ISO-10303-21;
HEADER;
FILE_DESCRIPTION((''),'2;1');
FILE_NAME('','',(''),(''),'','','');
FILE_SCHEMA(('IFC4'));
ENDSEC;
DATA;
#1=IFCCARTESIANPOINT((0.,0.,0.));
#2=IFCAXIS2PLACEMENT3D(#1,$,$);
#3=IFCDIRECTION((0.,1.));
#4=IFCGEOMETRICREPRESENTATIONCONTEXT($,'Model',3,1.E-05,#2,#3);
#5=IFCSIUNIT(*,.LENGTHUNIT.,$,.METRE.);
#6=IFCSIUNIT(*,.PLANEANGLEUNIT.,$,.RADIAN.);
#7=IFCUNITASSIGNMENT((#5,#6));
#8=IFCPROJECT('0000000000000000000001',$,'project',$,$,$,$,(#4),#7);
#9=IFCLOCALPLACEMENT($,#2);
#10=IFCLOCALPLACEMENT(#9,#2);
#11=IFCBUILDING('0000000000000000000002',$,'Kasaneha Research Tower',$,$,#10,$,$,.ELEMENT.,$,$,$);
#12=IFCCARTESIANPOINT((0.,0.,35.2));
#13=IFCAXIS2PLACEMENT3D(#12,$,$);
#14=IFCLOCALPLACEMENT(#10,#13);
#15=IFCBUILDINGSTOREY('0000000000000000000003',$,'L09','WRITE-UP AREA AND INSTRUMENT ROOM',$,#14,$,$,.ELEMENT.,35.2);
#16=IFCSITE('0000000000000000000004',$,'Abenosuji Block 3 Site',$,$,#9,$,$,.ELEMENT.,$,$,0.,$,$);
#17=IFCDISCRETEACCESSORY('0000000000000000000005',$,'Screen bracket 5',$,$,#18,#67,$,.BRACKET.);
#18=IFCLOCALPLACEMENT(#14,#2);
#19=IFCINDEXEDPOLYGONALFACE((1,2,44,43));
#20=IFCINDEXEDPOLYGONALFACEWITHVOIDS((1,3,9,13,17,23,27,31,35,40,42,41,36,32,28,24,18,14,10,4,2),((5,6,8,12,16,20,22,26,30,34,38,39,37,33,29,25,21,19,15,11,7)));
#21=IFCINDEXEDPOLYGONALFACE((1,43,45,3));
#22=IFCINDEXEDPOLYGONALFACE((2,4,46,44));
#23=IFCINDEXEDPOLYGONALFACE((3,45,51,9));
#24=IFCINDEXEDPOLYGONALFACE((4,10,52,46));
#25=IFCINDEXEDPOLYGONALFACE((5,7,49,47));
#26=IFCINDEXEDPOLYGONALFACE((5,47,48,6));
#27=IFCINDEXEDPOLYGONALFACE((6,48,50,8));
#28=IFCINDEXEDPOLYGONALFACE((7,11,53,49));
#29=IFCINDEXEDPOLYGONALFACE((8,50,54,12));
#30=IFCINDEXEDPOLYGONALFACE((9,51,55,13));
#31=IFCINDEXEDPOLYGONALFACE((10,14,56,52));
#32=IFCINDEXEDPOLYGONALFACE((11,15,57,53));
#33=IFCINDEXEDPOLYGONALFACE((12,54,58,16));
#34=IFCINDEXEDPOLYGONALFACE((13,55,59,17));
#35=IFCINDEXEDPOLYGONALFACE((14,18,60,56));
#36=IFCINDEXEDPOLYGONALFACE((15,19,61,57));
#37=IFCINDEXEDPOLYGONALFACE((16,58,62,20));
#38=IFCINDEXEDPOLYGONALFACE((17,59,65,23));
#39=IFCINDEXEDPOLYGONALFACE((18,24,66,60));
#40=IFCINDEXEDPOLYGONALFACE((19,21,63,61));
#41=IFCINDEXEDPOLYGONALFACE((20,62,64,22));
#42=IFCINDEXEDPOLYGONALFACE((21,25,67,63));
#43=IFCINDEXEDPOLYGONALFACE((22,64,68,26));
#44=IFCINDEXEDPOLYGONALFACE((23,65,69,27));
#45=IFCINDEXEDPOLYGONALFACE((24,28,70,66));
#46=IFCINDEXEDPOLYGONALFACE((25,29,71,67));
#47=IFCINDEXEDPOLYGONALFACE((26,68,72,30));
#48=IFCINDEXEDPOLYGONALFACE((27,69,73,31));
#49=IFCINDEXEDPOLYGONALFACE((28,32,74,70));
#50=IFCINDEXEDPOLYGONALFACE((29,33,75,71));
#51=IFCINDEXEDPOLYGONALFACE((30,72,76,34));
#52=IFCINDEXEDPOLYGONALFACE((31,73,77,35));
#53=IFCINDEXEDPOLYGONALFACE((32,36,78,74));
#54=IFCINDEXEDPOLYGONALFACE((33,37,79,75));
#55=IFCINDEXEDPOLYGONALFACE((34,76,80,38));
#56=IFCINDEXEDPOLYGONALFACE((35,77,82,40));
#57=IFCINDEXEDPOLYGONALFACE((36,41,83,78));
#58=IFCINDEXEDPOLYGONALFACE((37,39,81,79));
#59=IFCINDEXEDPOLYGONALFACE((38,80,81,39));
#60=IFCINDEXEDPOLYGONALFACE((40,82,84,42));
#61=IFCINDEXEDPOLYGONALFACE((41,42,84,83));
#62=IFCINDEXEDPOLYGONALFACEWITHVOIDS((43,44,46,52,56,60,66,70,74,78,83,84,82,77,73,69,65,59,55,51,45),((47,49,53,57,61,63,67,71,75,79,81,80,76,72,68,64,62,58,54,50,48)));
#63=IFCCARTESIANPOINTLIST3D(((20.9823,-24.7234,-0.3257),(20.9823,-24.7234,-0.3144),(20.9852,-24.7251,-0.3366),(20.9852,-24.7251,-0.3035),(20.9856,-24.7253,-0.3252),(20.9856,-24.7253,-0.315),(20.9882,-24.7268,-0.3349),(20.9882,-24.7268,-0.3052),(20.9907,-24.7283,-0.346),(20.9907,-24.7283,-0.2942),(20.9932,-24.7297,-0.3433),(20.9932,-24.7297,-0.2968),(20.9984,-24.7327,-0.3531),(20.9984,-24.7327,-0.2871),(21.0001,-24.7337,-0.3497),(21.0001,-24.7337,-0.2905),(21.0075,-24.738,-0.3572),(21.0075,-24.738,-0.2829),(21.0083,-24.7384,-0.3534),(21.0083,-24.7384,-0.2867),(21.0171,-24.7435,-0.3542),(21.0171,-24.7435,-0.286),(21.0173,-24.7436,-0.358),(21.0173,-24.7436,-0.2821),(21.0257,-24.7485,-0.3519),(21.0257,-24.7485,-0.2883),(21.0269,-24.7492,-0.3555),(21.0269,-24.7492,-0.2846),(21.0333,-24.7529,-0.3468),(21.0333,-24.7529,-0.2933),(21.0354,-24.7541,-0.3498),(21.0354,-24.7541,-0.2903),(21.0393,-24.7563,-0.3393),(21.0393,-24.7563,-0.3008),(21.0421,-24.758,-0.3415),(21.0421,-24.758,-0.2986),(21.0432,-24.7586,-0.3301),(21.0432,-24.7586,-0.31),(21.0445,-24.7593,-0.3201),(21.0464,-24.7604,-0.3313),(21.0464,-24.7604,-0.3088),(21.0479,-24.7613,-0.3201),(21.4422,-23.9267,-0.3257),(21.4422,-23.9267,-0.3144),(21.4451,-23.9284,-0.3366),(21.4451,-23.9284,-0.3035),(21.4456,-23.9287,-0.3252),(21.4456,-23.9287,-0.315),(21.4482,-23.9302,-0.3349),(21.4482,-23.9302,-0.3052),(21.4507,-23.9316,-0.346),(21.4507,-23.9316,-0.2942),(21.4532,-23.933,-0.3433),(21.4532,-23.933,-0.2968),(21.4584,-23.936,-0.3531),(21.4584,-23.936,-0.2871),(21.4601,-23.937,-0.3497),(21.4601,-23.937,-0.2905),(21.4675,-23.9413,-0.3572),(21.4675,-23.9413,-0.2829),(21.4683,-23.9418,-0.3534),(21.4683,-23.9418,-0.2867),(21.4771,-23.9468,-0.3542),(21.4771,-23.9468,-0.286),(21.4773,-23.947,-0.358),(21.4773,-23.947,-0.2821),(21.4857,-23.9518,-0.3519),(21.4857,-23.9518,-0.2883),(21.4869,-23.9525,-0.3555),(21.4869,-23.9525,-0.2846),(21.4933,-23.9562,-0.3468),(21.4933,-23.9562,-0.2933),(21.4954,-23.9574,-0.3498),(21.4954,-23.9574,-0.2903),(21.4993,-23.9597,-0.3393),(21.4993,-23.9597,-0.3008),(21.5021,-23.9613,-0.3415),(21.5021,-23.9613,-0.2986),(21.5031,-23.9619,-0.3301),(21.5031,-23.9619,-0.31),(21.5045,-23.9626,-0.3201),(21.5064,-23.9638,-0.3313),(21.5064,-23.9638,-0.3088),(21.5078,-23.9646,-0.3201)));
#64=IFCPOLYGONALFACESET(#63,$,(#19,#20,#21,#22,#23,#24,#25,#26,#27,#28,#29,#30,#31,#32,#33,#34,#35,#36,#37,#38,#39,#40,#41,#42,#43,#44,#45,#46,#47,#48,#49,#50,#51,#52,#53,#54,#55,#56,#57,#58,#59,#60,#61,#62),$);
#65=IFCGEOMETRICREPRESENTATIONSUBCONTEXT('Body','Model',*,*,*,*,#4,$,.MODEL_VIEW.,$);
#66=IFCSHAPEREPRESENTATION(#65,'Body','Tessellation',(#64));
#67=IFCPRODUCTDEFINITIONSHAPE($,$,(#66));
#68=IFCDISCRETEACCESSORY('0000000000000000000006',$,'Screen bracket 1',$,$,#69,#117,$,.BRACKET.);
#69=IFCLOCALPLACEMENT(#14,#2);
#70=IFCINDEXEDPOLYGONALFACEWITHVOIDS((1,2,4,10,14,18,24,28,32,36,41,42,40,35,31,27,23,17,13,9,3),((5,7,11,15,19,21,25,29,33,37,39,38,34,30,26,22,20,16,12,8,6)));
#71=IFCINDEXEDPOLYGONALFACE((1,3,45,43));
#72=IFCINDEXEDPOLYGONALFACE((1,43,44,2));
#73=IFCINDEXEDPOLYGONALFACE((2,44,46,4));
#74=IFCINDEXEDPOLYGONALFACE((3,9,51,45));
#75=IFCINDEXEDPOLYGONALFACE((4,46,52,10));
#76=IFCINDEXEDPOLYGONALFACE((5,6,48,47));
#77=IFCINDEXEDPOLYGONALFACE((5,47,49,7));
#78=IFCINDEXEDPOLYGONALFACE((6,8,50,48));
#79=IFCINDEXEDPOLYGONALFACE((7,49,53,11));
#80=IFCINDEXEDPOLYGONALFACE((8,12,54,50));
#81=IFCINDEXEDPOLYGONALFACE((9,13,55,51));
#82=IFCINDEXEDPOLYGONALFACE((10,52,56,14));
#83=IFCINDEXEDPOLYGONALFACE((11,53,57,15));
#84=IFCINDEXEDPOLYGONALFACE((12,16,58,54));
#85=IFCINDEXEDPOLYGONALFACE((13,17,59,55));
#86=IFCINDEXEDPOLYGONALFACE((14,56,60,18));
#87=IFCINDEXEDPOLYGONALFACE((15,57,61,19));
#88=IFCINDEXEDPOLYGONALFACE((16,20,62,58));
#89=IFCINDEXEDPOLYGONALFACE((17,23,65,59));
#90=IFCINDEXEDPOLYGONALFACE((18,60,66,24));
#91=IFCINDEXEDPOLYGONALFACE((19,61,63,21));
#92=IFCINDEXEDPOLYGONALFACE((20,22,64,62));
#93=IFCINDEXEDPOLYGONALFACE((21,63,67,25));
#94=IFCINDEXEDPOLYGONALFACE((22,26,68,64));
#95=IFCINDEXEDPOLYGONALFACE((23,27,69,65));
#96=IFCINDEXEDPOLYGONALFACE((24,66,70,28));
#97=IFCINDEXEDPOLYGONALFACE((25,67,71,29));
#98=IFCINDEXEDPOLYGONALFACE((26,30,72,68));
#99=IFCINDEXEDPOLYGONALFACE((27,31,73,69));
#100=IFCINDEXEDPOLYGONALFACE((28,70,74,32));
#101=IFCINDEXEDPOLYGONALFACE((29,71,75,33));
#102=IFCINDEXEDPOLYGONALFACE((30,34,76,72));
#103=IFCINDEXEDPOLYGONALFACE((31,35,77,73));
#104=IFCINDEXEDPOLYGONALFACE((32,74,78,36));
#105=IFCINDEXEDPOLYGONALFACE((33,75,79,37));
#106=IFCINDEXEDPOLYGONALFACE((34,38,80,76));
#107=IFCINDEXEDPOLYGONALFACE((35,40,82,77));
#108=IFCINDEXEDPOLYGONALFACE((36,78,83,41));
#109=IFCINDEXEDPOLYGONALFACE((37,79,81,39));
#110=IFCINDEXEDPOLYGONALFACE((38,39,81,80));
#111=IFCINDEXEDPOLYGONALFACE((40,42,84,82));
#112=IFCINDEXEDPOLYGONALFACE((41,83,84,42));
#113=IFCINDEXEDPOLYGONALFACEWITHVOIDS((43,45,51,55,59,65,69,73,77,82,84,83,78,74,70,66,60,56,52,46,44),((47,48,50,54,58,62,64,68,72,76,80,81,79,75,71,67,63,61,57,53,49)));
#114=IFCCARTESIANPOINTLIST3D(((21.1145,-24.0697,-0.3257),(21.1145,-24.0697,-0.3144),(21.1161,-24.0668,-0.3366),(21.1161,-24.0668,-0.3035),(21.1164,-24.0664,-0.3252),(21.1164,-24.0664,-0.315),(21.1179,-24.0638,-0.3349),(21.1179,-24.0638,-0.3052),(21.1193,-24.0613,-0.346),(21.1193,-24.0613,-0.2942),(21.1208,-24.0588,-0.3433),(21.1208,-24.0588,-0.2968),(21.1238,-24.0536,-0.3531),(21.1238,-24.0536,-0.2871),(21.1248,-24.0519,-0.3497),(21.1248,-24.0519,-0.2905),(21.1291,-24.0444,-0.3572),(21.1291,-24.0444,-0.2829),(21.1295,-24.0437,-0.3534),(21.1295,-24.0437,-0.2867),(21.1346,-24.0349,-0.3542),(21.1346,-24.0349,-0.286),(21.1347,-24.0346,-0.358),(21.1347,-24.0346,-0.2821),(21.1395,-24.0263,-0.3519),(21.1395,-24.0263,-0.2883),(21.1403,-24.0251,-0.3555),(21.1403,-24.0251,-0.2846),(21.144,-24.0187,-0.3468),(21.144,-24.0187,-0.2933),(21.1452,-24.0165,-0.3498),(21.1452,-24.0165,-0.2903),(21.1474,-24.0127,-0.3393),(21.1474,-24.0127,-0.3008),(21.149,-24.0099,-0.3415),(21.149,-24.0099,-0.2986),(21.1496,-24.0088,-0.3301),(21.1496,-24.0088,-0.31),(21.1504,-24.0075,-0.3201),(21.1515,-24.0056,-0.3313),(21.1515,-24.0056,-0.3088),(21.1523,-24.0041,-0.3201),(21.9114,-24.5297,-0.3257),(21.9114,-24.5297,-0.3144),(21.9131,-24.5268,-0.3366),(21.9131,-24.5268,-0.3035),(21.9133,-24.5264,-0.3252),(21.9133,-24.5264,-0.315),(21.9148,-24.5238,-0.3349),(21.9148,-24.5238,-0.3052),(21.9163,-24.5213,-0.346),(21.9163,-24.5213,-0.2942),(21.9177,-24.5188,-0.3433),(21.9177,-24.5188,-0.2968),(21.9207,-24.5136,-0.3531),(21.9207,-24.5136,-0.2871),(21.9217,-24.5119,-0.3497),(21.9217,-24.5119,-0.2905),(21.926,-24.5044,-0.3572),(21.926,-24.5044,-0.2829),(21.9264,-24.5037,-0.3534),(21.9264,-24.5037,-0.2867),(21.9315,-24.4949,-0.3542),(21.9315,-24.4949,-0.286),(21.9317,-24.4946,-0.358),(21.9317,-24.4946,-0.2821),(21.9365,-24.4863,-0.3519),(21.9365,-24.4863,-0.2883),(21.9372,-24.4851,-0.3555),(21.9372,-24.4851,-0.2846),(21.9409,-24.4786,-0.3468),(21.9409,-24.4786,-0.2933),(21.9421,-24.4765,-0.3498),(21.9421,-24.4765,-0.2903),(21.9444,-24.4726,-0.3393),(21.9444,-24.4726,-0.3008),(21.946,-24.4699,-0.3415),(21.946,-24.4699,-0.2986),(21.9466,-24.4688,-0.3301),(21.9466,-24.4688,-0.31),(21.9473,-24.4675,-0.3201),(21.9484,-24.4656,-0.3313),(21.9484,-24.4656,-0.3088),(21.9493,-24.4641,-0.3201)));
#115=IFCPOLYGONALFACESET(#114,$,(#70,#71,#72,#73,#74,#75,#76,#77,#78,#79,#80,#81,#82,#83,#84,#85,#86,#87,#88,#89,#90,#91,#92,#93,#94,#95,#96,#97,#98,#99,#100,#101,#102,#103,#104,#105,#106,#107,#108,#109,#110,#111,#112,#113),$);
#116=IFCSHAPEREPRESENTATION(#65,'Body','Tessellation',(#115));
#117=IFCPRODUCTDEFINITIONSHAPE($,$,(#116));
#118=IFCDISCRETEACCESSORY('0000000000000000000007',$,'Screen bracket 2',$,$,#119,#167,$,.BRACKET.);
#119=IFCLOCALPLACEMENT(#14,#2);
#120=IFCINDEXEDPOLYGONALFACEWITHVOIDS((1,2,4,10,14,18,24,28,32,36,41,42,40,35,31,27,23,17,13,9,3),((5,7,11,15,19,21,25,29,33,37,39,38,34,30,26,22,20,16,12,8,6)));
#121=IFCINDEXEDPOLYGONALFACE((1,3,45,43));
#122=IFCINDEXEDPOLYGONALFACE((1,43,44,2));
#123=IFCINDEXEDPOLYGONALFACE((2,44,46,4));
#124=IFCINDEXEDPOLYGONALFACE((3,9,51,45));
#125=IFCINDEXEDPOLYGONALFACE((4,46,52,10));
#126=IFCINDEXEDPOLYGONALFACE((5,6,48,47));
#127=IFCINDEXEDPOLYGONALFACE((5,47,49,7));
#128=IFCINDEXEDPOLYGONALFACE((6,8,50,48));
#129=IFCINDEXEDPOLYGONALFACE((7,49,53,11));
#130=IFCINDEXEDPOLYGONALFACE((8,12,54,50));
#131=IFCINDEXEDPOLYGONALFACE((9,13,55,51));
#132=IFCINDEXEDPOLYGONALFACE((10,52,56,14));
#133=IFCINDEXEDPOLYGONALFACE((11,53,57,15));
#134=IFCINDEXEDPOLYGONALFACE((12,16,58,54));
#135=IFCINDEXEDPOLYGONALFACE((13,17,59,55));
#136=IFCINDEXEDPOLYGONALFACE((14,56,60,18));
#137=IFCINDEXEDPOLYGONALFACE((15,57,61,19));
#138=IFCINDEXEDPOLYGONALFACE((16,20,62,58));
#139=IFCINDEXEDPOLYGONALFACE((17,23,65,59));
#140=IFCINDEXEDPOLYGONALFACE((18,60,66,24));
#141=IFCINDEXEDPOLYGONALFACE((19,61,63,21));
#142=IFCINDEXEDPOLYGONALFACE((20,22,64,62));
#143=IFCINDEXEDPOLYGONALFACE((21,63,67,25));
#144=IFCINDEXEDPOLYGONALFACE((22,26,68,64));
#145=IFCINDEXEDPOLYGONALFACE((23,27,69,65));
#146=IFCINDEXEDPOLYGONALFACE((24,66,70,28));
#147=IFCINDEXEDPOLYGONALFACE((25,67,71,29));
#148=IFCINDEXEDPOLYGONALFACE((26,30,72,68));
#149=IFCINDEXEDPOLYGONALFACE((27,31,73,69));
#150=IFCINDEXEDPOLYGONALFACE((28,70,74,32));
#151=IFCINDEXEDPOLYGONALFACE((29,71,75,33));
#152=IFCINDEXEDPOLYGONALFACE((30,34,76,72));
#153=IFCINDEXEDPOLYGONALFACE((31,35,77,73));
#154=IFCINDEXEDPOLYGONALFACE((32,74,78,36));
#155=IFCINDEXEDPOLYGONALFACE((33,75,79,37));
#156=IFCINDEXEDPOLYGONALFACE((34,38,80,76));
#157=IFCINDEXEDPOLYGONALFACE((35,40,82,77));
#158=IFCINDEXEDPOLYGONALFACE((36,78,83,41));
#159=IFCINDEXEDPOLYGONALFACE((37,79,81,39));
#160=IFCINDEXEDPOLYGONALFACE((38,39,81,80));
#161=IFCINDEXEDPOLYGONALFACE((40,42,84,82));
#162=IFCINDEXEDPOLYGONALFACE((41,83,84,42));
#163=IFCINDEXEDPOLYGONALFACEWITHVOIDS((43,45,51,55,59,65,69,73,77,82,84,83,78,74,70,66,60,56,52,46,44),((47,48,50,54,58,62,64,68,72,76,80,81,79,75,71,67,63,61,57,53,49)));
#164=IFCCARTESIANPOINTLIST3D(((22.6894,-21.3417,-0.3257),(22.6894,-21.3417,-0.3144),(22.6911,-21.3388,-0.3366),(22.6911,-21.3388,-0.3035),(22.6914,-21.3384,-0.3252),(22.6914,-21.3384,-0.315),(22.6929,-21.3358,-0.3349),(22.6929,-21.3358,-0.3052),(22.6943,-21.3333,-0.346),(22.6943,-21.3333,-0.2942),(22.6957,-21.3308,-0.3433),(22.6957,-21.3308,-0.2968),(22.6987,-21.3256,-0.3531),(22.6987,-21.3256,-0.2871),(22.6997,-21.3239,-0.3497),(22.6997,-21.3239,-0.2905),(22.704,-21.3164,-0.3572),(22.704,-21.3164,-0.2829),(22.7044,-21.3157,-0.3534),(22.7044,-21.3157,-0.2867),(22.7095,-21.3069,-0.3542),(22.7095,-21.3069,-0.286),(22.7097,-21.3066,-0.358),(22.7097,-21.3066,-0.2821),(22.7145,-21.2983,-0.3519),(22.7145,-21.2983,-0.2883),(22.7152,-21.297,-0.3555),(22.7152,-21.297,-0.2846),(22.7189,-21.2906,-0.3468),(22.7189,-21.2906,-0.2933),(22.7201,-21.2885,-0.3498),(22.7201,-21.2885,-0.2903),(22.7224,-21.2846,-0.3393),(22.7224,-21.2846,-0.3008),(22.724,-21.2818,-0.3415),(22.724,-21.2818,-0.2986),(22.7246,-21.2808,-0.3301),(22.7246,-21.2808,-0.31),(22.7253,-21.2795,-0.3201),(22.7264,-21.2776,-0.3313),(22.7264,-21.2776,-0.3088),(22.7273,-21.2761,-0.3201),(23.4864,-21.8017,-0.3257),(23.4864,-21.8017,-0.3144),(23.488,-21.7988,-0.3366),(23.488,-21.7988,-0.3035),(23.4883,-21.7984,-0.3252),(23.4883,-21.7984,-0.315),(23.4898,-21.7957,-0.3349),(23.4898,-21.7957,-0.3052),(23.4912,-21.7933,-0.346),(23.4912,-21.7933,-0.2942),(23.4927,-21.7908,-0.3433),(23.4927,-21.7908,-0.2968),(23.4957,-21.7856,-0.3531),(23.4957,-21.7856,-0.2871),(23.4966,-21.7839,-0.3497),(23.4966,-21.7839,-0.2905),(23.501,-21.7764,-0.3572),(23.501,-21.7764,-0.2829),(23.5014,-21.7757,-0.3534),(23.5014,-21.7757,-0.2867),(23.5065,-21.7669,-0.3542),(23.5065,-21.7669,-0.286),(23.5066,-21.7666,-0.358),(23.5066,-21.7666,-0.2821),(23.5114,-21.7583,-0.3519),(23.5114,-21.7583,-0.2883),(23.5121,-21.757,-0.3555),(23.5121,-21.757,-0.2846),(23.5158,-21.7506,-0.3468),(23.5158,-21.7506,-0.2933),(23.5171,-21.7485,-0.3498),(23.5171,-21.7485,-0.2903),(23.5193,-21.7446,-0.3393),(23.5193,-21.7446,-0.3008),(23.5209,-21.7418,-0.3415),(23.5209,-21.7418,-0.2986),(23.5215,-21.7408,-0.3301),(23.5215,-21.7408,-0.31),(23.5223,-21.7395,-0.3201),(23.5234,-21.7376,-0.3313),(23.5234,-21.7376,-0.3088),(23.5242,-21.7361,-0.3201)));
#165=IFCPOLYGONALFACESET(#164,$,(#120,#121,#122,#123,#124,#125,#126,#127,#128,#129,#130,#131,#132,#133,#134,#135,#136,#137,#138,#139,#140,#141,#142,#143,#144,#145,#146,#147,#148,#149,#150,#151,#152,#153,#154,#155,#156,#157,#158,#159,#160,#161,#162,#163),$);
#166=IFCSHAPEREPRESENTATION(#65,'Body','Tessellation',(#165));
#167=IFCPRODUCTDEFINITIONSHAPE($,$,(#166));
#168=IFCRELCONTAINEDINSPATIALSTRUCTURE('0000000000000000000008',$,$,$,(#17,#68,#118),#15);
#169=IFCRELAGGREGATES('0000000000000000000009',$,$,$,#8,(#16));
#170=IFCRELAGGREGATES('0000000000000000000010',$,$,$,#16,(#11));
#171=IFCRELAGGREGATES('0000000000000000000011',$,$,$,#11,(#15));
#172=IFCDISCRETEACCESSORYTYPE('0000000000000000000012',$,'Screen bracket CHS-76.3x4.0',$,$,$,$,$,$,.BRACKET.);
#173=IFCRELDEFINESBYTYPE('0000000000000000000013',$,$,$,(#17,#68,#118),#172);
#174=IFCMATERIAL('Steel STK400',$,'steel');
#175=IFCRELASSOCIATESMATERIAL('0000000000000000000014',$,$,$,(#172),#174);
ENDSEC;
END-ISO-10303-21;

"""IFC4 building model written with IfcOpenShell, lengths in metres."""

from ifc_helpers import new_model, si_unit, direction, frame, origin, origin_2d, place, context, subcontext, project, spatial, hollow_circle, extrude, material, material_profile, profile_set, type_object, element, save


model = new_model("IFC4")

# Units and contexts
model_context = context("Model", 3, precision=1e-05, world=origin(), true_north=direction((0.0, 1.0)))
body_context = subcontext(model_context, "Body", "Model", "MODEL_VIEW")
ifc_project = project(units=[si_unit("LENGTHUNIT", "METRE"), si_unit("PLANEANGLEUNIT", "RADIAN")], contexts=[model_context])

# Site, building, storey
site_placement = place(None, origin())
site = spatial("IfcSite", under=ifc_project, at=site_placement, Name="Abenosuji Block 3 Site", CompositionType="ELEMENT", RefElevation=0.0)
building_placement = place(site_placement, origin())
building = spatial("IfcBuilding", under=site, at=building_placement, Name="Kasaneha Research Tower", CompositionType="ELEMENT")
storey_placement = place(building_placement, frame((0.0, 0.0, 35.2)))
storey = spatial("IfcBuildingStorey", under=building, at=storey_placement, Name="L09", Description="WRITE-UP AREA AND INSTRUMENT ROOM", CompositionType="ELEMENT", Elevation=35.2)

# Discrete accessories
ifc_material_1 = material(Name="Steel STK400", Category="steel")
ifc_material_profile_1 = material_profile(ifc_material_1, hollow_circle(Radius=0.0381, WallThickness=0.0039, at=origin_2d()), Name="CHS-76.3x4.0")
ifc_profile_set_1 = profile_set([ifc_material_profile_1], Name="Steel STK400")
discrete_accessory_type = type_object("IfcDiscreteAccessoryType", Name="Screen bracket CHS-76.3x4.0", PredefinedType="BRACKET", material=ifc_profile_set_1)
discrete_accessory_1_placement = place(storey_placement, frame((21.4749, -23.9456, -0.3201), z_axis=(-0.500021, -0.866013, 0.0), x_axis=(0.866013, -0.500021, 0.0)))
element("IfcDiscreteAccessory", 1, at=discrete_accessory_1_placement, inside=storey, type_object=discrete_accessory_type, Name="Screen bracket 5", PredefinedType="BRACKET", context=body_context, shape_type="SweptSolid", body=[
    extrude(hollow_circle(Radius=0.0381, WallThickness=0.0039, at=origin_2d()), origin(), (0.0, 0.0, 1.0), 0.9199),
])
for number, where, z_axis, x_axis, name in (
    (2, (21.1333, -24.0371, -0.3201), (0.86608, -0.499906, 0.0), (0.499906, 0.86608, 0.0), "Screen bracket 1"),
    (3, (22.7083, -21.3091, -0.3201), (0.86608, -0.499906, 0.0), (0.499906, 0.86608, 0.0), "Screen bracket 2"),
):
    element("IfcDiscreteAccessory", number, at=place(storey_placement, frame(where, z_axis=z_axis, x_axis=x_axis)), inside=storey, type_object=discrete_accessory_type, Name=name, PredefinedType="BRACKET", context=body_context, shape_type="SweptSolid", body=[
        extrude(hollow_circle(Radius=0.0381, WallThickness=0.0039, at=origin_2d()), origin(), (0.0, 0.0, 1.0), 0.9202),
    ])

save(model, "model.ifc")
